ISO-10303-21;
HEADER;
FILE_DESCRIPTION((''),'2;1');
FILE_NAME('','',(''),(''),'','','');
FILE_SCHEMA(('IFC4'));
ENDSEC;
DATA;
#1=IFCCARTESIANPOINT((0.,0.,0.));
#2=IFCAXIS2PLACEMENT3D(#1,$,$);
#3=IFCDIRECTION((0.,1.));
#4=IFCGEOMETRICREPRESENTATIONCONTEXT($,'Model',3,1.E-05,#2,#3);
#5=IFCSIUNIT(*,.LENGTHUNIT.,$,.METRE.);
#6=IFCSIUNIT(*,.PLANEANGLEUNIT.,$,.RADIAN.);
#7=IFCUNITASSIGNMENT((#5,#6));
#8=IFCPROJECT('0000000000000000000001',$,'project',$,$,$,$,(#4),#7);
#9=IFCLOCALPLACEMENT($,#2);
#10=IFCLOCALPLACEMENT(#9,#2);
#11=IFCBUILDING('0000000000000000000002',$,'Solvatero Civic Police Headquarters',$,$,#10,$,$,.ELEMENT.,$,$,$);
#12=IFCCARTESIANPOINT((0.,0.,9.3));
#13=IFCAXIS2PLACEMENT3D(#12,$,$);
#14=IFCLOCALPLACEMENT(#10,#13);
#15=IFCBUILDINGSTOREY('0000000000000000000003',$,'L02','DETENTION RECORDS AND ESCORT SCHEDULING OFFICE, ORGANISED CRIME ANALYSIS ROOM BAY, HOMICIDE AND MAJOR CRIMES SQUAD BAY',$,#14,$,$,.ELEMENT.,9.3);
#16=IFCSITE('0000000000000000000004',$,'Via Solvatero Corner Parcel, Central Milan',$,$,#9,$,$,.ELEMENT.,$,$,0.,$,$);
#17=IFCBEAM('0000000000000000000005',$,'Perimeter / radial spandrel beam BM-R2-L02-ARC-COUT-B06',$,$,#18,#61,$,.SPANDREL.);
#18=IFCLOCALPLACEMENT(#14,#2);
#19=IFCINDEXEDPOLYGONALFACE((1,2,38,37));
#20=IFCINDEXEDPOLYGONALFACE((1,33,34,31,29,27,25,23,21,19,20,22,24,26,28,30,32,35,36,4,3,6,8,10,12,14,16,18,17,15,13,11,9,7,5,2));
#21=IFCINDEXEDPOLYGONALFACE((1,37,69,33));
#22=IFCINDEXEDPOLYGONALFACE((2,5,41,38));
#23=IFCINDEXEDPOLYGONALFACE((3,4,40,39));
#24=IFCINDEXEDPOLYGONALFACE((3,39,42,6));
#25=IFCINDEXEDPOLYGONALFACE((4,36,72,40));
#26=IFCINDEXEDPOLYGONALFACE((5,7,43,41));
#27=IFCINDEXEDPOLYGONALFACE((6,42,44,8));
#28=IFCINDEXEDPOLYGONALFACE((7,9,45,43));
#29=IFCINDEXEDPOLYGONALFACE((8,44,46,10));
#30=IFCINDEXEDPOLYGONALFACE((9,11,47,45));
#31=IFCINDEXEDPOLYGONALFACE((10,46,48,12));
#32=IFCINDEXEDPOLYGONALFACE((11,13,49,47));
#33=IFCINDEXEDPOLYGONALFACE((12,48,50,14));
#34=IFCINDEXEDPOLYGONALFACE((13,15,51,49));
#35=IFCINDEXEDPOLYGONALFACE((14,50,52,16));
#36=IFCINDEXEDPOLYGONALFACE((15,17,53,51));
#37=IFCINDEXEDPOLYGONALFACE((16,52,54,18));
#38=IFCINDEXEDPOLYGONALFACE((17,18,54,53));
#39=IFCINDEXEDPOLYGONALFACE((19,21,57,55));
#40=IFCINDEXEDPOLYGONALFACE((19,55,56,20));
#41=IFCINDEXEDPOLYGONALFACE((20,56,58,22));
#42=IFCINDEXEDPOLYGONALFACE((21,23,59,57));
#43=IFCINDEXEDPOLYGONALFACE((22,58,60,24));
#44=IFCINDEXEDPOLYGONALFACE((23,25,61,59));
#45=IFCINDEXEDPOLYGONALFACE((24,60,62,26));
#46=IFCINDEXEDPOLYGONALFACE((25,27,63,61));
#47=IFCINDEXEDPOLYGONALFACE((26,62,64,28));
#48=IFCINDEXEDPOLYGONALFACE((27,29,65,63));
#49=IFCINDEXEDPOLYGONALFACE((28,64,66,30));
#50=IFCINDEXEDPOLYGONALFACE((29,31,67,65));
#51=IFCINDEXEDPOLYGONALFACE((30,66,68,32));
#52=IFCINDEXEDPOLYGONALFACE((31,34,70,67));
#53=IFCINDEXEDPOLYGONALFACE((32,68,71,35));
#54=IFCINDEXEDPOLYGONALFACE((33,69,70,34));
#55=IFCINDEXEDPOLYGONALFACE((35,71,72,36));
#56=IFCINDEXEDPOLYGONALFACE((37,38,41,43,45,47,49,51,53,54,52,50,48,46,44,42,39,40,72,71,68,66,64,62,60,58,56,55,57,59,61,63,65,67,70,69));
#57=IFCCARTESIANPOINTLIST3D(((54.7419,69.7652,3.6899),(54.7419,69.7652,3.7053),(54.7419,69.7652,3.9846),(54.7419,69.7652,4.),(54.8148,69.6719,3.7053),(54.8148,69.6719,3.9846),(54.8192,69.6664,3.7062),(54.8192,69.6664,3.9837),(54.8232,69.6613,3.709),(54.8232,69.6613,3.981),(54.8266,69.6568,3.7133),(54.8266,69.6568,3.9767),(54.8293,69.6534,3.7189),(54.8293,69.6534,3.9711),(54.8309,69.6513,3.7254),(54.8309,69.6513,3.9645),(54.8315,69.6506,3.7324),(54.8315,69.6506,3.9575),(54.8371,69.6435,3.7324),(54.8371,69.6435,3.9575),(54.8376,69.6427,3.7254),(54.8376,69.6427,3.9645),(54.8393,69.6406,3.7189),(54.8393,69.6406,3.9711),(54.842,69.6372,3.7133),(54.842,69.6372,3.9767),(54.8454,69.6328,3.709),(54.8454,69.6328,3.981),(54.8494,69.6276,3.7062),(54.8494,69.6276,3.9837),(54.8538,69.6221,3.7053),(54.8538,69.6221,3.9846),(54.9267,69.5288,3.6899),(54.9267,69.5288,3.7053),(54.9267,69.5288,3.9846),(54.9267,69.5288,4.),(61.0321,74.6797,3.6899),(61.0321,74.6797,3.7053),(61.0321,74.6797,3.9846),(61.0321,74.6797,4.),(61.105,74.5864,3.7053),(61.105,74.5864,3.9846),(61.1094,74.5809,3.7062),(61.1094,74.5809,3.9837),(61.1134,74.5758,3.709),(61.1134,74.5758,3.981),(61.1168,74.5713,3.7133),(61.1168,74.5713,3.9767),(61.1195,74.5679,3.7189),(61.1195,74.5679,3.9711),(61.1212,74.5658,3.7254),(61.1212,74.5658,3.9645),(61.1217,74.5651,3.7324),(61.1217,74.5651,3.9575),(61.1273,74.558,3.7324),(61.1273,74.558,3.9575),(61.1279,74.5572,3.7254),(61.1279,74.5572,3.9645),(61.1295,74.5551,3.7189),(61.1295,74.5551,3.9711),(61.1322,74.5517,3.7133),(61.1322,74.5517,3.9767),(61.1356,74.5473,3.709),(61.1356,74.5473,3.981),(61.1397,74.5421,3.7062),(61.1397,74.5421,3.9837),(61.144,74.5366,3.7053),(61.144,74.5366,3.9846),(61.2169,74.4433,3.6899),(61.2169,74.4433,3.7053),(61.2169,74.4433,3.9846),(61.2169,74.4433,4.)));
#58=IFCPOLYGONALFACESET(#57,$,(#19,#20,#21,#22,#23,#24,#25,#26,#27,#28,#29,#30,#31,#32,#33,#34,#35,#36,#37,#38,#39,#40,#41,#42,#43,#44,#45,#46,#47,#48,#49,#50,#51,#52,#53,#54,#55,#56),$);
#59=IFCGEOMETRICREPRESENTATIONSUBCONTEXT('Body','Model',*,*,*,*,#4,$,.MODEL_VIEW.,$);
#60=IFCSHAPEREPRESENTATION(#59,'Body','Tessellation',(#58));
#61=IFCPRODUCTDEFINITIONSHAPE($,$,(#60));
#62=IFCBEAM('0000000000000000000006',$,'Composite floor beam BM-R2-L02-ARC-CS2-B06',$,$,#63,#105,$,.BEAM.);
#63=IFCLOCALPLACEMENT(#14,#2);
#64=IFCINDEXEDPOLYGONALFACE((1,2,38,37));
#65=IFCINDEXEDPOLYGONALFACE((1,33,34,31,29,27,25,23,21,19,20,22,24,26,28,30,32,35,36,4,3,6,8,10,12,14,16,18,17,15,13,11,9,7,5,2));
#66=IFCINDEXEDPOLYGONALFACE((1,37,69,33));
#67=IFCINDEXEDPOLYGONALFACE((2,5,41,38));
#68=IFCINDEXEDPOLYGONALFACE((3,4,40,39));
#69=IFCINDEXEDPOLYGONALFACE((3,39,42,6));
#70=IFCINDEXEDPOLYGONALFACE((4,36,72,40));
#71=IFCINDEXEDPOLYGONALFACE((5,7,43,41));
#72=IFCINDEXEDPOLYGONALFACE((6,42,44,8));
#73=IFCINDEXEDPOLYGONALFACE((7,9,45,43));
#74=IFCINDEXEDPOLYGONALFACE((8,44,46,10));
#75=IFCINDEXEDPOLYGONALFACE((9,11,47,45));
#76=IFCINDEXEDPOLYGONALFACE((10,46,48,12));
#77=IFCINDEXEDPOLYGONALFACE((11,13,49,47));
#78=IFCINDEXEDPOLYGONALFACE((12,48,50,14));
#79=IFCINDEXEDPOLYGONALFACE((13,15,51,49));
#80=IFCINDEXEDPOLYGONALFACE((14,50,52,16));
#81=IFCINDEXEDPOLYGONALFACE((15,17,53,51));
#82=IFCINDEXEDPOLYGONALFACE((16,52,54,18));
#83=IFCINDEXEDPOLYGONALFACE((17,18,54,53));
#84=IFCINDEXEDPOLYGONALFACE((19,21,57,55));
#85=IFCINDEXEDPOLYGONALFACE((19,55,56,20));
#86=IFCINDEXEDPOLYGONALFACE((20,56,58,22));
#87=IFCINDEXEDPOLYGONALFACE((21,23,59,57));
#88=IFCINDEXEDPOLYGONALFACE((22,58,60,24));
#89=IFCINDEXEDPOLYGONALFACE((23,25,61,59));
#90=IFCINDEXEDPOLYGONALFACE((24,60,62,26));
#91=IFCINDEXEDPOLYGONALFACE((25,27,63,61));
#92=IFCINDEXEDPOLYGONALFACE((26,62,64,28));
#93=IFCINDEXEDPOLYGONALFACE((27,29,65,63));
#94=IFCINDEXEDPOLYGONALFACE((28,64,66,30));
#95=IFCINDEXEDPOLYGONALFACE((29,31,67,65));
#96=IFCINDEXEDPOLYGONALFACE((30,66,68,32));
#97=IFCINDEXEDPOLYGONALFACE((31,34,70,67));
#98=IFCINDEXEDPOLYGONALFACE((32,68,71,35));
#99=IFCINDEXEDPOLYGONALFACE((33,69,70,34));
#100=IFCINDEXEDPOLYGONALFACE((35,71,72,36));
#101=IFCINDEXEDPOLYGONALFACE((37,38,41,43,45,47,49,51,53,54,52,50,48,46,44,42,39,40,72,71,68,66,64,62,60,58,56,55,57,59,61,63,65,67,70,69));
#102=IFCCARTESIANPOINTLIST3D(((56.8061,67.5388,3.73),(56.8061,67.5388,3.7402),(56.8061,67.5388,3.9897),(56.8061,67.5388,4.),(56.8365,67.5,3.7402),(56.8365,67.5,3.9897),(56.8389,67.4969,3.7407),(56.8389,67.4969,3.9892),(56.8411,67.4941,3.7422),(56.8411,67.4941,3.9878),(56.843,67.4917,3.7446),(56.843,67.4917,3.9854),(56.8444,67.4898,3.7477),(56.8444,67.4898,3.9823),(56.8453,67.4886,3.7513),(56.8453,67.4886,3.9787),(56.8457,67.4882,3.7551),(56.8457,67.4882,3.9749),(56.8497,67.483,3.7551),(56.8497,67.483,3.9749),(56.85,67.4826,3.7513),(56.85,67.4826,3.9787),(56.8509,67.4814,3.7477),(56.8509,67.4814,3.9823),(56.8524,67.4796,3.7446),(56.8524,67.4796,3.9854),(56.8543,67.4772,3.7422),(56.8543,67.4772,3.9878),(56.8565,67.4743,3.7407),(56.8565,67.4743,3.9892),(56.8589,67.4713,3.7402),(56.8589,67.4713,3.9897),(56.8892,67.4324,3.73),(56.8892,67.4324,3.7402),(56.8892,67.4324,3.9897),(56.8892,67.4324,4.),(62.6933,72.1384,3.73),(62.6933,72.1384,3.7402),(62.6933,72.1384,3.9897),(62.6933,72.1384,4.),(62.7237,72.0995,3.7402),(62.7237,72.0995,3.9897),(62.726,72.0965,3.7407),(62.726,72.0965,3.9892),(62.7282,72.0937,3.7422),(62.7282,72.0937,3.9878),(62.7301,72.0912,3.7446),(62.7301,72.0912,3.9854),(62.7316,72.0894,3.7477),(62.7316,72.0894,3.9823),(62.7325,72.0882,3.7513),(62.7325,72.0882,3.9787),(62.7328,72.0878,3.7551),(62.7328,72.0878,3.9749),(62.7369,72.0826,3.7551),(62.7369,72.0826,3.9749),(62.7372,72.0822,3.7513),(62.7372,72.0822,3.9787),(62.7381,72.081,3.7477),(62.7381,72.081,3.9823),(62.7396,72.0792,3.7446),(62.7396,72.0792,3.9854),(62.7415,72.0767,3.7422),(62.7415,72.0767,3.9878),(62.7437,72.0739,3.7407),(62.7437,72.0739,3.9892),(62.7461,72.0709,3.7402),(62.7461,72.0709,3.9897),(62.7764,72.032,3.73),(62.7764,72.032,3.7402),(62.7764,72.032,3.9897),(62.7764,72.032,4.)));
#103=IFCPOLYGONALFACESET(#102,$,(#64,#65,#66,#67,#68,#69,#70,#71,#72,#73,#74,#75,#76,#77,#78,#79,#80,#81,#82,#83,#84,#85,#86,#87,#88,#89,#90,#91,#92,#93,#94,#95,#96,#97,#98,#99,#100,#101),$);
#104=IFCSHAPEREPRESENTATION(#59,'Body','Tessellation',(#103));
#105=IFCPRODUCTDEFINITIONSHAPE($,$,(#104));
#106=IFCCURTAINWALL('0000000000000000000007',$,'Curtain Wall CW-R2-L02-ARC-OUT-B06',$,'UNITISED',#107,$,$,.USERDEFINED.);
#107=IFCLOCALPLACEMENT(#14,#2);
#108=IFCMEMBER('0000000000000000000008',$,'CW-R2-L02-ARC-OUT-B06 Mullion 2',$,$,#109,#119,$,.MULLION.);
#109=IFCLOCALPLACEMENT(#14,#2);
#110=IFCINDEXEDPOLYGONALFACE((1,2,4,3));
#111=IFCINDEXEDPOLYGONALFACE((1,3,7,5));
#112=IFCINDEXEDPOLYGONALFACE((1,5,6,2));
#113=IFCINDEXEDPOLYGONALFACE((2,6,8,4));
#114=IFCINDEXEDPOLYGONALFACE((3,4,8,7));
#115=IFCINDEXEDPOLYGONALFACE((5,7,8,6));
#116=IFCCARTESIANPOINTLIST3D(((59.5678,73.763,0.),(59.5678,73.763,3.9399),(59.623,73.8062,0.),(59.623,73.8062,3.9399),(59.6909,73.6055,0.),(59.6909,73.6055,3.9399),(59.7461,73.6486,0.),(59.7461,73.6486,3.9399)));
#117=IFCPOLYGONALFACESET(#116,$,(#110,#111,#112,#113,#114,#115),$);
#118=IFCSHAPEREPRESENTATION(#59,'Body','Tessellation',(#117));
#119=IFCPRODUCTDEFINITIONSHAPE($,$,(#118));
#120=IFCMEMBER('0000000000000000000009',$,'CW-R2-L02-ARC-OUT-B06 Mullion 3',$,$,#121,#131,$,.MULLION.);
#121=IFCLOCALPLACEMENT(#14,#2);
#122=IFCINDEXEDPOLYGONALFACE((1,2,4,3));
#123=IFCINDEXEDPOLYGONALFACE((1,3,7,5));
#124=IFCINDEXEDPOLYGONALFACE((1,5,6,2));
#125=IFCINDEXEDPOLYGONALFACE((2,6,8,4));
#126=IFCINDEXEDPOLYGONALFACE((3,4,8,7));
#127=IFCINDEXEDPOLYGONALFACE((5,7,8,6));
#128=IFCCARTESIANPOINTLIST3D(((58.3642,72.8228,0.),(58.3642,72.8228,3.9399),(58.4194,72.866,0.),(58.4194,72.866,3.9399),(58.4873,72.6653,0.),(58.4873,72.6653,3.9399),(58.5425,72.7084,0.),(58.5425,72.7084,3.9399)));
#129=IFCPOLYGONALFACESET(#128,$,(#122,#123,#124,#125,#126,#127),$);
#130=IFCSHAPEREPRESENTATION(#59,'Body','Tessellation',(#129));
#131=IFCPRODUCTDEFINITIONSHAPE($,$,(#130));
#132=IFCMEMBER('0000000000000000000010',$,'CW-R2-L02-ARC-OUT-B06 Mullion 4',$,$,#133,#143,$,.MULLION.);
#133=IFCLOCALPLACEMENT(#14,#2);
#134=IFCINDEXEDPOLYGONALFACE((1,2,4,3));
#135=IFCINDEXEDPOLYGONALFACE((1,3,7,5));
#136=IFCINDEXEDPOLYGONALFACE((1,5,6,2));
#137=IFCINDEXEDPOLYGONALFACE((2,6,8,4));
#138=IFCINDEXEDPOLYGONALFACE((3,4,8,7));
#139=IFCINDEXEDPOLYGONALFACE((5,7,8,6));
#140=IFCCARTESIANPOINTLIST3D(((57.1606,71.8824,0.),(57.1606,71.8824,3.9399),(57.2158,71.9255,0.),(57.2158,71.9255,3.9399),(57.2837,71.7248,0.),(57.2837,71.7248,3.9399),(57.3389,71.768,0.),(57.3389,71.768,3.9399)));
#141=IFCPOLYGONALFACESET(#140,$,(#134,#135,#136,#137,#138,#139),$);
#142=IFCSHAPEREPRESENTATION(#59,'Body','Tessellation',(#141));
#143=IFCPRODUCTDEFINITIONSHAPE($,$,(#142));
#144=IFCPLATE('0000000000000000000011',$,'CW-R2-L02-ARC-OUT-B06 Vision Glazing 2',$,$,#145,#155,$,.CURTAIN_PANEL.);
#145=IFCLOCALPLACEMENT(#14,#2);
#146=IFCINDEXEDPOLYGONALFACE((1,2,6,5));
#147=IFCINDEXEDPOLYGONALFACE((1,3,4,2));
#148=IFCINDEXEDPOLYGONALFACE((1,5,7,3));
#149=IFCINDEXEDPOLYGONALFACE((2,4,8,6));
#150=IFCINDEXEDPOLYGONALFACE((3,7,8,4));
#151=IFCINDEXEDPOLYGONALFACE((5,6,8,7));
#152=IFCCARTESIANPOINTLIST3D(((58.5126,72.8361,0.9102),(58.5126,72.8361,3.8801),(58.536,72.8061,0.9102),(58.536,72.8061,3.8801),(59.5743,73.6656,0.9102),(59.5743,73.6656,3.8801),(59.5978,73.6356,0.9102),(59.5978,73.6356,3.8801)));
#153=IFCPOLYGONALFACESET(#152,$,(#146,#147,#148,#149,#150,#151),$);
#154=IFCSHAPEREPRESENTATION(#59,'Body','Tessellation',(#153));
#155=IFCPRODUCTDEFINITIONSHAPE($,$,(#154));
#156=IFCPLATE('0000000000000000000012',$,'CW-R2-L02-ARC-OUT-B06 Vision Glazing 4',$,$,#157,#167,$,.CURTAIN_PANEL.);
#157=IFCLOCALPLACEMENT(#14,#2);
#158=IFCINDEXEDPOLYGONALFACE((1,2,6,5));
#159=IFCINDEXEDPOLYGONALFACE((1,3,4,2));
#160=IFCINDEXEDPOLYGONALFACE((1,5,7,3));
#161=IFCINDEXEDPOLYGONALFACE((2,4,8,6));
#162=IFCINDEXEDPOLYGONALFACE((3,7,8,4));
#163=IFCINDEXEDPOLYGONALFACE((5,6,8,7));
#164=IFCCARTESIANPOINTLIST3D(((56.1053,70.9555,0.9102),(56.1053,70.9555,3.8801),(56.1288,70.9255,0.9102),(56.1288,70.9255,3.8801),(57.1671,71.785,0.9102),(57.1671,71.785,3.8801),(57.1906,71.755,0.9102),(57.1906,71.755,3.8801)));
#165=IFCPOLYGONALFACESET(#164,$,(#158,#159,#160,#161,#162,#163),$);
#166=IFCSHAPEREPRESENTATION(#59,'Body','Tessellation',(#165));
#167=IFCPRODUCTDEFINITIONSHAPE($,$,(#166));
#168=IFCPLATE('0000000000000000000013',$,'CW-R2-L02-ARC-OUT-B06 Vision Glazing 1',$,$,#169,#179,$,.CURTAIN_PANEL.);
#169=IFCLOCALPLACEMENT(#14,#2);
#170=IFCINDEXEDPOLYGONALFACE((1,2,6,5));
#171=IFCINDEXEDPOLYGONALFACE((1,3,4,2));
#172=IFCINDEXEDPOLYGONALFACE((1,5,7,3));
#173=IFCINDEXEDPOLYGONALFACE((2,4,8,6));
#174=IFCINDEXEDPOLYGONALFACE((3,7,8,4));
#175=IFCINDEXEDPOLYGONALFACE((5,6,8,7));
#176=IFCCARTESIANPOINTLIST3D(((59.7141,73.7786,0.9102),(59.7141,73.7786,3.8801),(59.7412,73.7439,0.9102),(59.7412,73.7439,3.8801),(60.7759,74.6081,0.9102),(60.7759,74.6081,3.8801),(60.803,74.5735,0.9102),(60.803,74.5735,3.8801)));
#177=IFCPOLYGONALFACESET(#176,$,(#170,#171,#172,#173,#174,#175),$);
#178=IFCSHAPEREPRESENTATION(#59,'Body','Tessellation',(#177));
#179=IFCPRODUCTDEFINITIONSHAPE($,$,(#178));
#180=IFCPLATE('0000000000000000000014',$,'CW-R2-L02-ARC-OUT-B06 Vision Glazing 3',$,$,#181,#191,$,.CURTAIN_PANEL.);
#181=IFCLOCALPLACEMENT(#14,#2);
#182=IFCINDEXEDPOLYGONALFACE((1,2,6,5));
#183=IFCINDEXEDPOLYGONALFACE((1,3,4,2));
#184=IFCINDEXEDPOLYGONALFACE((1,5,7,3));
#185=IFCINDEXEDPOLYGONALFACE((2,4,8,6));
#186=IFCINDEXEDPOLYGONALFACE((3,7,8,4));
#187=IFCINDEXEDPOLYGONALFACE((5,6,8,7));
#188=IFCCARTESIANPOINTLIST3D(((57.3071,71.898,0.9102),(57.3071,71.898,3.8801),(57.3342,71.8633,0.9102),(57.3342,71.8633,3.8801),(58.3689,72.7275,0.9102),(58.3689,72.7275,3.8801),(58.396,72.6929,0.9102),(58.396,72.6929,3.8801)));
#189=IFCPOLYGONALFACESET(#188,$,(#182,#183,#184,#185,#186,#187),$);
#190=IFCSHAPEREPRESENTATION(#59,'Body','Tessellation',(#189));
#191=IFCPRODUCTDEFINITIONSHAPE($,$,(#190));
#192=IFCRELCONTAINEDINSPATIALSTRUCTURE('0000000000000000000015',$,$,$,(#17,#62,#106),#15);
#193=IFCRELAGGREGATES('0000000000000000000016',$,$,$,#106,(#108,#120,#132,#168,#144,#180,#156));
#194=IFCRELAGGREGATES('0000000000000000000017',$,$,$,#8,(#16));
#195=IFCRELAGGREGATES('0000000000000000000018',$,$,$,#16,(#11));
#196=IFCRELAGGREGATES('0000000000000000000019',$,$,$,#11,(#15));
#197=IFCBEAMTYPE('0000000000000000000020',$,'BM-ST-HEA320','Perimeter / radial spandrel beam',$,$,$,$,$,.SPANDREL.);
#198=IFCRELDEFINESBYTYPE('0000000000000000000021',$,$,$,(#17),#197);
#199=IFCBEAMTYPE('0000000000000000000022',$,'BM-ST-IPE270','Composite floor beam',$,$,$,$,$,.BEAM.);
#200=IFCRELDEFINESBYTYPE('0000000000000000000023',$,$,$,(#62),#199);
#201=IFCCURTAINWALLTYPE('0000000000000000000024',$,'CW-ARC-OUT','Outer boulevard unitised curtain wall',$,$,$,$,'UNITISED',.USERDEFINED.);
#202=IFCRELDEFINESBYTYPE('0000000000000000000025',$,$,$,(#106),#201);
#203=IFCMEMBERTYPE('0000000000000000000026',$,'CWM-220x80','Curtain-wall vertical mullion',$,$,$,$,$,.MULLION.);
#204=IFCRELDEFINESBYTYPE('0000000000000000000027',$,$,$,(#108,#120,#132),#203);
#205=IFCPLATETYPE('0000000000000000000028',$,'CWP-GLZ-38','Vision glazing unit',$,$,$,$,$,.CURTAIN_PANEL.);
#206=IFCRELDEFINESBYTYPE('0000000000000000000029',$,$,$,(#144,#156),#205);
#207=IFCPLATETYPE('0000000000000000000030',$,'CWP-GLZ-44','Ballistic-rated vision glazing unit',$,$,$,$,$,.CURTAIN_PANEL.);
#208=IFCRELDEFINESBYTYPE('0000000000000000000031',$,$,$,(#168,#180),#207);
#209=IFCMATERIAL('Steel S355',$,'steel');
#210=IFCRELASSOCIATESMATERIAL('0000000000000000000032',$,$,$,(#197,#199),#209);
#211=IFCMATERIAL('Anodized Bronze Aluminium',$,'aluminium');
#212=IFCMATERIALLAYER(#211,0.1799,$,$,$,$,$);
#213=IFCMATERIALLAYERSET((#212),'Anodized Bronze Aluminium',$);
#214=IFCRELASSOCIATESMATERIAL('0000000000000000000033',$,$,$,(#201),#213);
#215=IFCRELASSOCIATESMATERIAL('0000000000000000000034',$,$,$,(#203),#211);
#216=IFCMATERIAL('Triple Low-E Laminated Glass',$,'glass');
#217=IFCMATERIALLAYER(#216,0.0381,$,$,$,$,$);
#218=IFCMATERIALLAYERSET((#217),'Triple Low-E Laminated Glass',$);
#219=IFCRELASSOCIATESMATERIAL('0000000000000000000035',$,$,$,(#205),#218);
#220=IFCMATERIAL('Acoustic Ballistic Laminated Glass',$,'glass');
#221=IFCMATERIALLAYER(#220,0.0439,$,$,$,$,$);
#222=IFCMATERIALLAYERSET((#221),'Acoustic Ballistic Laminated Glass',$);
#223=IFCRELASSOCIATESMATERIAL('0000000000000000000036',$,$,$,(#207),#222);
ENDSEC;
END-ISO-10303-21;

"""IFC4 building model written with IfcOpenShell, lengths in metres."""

from ifc_helpers import new_model, si_unit, direction, frame, origin, origin_2d, place, context, subcontext, project, spatial, rectangle, i_section, extrude, material, layer, layer_set, material_profile, profile_set, type_object, element, aggregate, save


model = new_model("IFC4")

# Units and contexts
model_context = context("Model", 3, precision=1e-05, world=origin(), true_north=direction((0.0, 1.0)))
body_context = subcontext(model_context, "Body", "Model", "MODEL_VIEW")
ifc_project = project(units=[si_unit("LENGTHUNIT", "METRE"), si_unit("PLANEANGLEUNIT", "RADIAN")], contexts=[model_context])

# Site, building, storey
site_placement = place(None, origin())
site = spatial("IfcSite", under=ifc_project, at=site_placement, Name="Via Solvatero Corner Parcel, Central Milan", CompositionType="ELEMENT", RefElevation=0.0)
building_placement = place(site_placement, origin())
building = spatial("IfcBuilding", under=site, at=building_placement, Name="Solvatero Civic Police Headquarters", CompositionType="ELEMENT")
storey_placement = place(building_placement, frame((0.0, 0.0, 9.3)))
storey = spatial("IfcBuildingStorey", under=building, at=storey_placement, Name="L02", Description="DETENTION RECORDS AND ESCORT SCHEDULING OFFICE, ORGANISED CRIME ANALYSIS ROOM BAY, HOMICIDE AND MAJOR CRIMES SQUAD BAY", CompositionType="ELEMENT", Elevation=9.3)

# Beams
ifc_material_1 = material(Name="Steel S355", Category="steel")
ifc_material_profile_1 = material_profile(ifc_material_1, i_section(OverallWidth=0.3, OverallDepth=0.3101, WebThickness=0.009, FlangeThickness=0.0154, FilletRadius=0.0271, at=origin_2d()), Name="HEA 320")
ifc_profile_set_1 = profile_set([ifc_material_profile_1], Name="Steel S355")
beam_type_1 = type_object("IfcBeamType", Name="BM-ST-HEA320", Description="Perimeter / radial spandrel beam", PredefinedType="SPANDREL", material=ifc_profile_set_1)
beam_1_placement = place(storey_placement, frame((61.1245, 74.5615, 3.845), z_axis=(-0.788008, -0.615665, 0.0), x_axis=(0.615665, -0.788008, 0.0)))
element("IfcBeam", 1, at=beam_1_placement, inside=storey, type_object=beam_type_1, Name="Perimeter / radial spandrel beam BM-R2-L02-ARC-COUT-B06", PredefinedType="SPANDREL", context=body_context, shape_type="SweptSolid", body=[
    extrude(i_section(OverallWidth=0.3, OverallDepth=0.3101, WebThickness=0.009, FlangeThickness=0.0154, FilletRadius=0.0271, at=origin_2d()), origin(), (0.0, 0.0, 1.0), 7.9824),
])
ifc_material_profile_2 = material_profile(ifc_material_1, i_section(OverallWidth=0.135, OverallDepth=0.27, WebThickness=0.0066, FlangeThickness=0.0103, FilletRadius=0.0149, at=origin_2d()), Name="IPE 270")
ifc_profile_set_2 = profile_set([ifc_material_profile_2], Name="Steel S355")
beam_type_2 = type_object("IfcBeamType", Name="BM-ST-IPE270", Description="Composite floor beam", PredefinedType="BEAM", material=ifc_profile_set_2)
beam_2_placement = place(storey_placement, frame((62.7349, 72.0852, 3.865), z_axis=(-0.78801, -0.615663, 0.0), x_axis=(0.615663, -0.78801, 0.0)))
element("IfcBeam", 2, at=beam_2_placement, inside=storey, type_object=beam_type_2, Name="Composite floor beam BM-R2-L02-ARC-CS2-B06", PredefinedType="BEAM", context=body_context, shape_type="SweptSolid", body=[
    extrude(i_section(OverallWidth=0.135, OverallDepth=0.27, WebThickness=0.0066, FlangeThickness=0.0103, FilletRadius=0.0149, at=origin_2d()), origin(), (0.0, 0.0, 1.0), 7.4709),
])

# Curtain wall, members, plates
ifc_material_2 = material(Name="Anodized Bronze Aluminium", Category="aluminium")
ifc_layer_1 = layer(ifc_material_2, 0.1799)
ifc_layer_set_1 = layer_set([ifc_layer_1], Name="Anodized Bronze Aluminium")
curtain_wall_type = type_object("IfcCurtainWallType", Name="CW-ARC-OUT", Description="Outer boulevard unitised curtain wall", ElementType="UNITISED", PredefinedType="USERDEFINED", material=ifc_layer_set_1)
curtain_wall_placement = place(storey_placement, origin())
curtain_wall = element("IfcCurtainWall", 3, at=curtain_wall_placement, inside=storey, type_object=curtain_wall_type, Name="Curtain Wall CW-R2-L02-ARC-OUT-B06", ObjectType="UNITISED", PredefinedType="USERDEFINED")
ifc_material_profile_3 = material_profile(ifc_material_2, rectangle(XDim=0.0701, YDim=0.2, at=origin_2d()), Name="ALU MULLION 70x200")
ifc_profile_set_3 = profile_set([ifc_material_profile_3], Name="Anodized Bronze Aluminium")
member_type = type_object("IfcMemberType", Name="CWM-220x80", Description="Curtain-wall vertical mullion", PredefinedType="MULLION", material=ifc_profile_set_3)
member_1_placement = place(storey_placement, frame((59.657, 73.7058, 0.0), z_axis=(0.0, 0.0, 1.0), x_axis=(-0.788021, -0.615648, 0.0)))
member_1 = element("IfcMember", 4, at=member_1_placement, type_object=member_type, Name="CW-R2-L02-ARC-OUT-B06 Mullion 2", PredefinedType="MULLION", context=body_context, shape_type="SweptSolid", body=[
    extrude(rectangle(XDim=0.0701, YDim=0.2, at=origin_2d()), origin(), (0.0, 0.0, 1.0), 3.9399),
])
member_2_placement = place(storey_placement, frame((58.4534, 72.7656, 0.0), z_axis=(0.0, 0.0, 1.0), x_axis=(-0.788021, -0.615648, 0.0)))
member_2 = element("IfcMember", 5, at=member_2_placement, type_object=member_type, Name="CW-R2-L02-ARC-OUT-B06 Mullion 3", PredefinedType="MULLION", context=body_context, shape_type="SweptSolid", body=[
    extrude(rectangle(XDim=0.0701, YDim=0.2, at=origin_2d()), origin(), (0.0, 0.0, 1.0), 3.9399),
])
member_3_placement = place(storey_placement, frame((57.2498, 71.8252, 0.0), z_axis=(0.0, 0.0, 1.0), x_axis=(-0.788021, -0.615648, 0.0)))
member_3 = element("IfcMember", 6, at=member_3_placement, type_object=member_type, Name="CW-R2-L02-ARC-OUT-B06 Mullion 4", PredefinedType="MULLION", context=body_context, shape_type="SweptSolid", body=[
    extrude(rectangle(XDim=0.0701, YDim=0.2, at=origin_2d()), origin(), (0.0, 0.0, 1.0), 3.9399),
])
ifc_material_3 = material(Name="Triple Low-E Laminated Glass", Category="glass")
ifc_layer_2 = layer(ifc_material_3, 0.0381)
ifc_layer_set_2 = layer_set([ifc_layer_2], Name="Triple Low-E Laminated Glass")
plate_type_1 = type_object("IfcPlateType", Name="CWP-GLZ-38", Description="Vision glazing unit", PredefinedType="CURTAIN_PANEL", material=ifc_layer_set_2)
plate_1_placement = place(storey_placement, frame((59.0552, 73.2358, 0.9102), z_axis=(0.0, 0.0, 1.0), x_axis=(-0.788021, -0.615648, 0.0)))
plate_1 = element("IfcPlate", 7, at=plate_1_placement, type_object=plate_type_1, Name="CW-R2-L02-ARC-OUT-B06 Vision Glazing 2", PredefinedType="CURTAIN_PANEL", context=body_context, shape_type="SweptSolid", body=[
    extrude(rectangle(XDim=1.3474, YDim=0.0381, at=origin_2d()), origin(), (0.0, 0.0, 1.0), 2.97),
])
plate_2_placement = place(storey_placement, frame((56.6479, 71.3552, 0.9102), z_axis=(0.0, 0.0, 1.0), x_axis=(-0.788021, -0.615648, 0.0)))
plate_2 = element("IfcPlate", 8, at=plate_2_placement, type_object=plate_type_1, Name="CW-R2-L02-ARC-OUT-B06 Vision Glazing 4", PredefinedType="CURTAIN_PANEL", context=body_context, shape_type="SweptSolid", body=[
    extrude(rectangle(XDim=1.3474, YDim=0.0381, at=origin_2d()), origin(), (0.0, 0.0, 1.0), 2.97),
])
ifc_material_4 = material(Name="Acoustic Ballistic Laminated Glass", Category="glass")
ifc_layer_3 = layer(ifc_material_4, 0.0439)
ifc_layer_set_3 = layer_set([ifc_layer_3], Name="Acoustic Ballistic Laminated Glass")
plate_type_2 = type_object("IfcPlateType", Name="CWP-GLZ-44", Description="Ballistic-rated vision glazing unit", PredefinedType="CURTAIN_PANEL", material=ifc_layer_set_3)
plate_3_placement = place(storey_placement, frame((60.2585, 74.176, 0.9102), z_axis=(0.0, 0.0, 1.0), x_axis=(-0.788021, -0.615648, 0.0)))
plate_3 = element("IfcPlate", 9, at=plate_3_placement, type_object=plate_type_2, Name="CW-R2-L02-ARC-OUT-B06 Vision Glazing 1", PredefinedType="CURTAIN_PANEL", context=body_context, shape_type="SweptSolid", body=[
    extrude(rectangle(XDim=1.3474, YDim=0.0439, at=origin_2d()), origin(), (0.0, 0.0, 1.0), 2.97),
])
plate_4_placement = place(storey_placement, frame((57.8516, 72.2954, 0.9102), z_axis=(0.0, 0.0, 1.0), x_axis=(-0.788021, -0.615648, 0.0)))
plate_4 = element("IfcPlate", 10, at=plate_4_placement, type_object=plate_type_2, Name="CW-R2-L02-ARC-OUT-B06 Vision Glazing 3", PredefinedType="CURTAIN_PANEL", context=body_context, shape_type="SweptSolid", body=[
    extrude(rectangle(XDim=1.3474, YDim=0.0439, at=origin_2d()), origin(), (0.0, 0.0, 1.0), 2.97),
])
aggregate(curtain_wall, [member_1, member_2, member_3, plate_3, plate_1, plate_4, plate_2])

save(model, "model.ifc")
